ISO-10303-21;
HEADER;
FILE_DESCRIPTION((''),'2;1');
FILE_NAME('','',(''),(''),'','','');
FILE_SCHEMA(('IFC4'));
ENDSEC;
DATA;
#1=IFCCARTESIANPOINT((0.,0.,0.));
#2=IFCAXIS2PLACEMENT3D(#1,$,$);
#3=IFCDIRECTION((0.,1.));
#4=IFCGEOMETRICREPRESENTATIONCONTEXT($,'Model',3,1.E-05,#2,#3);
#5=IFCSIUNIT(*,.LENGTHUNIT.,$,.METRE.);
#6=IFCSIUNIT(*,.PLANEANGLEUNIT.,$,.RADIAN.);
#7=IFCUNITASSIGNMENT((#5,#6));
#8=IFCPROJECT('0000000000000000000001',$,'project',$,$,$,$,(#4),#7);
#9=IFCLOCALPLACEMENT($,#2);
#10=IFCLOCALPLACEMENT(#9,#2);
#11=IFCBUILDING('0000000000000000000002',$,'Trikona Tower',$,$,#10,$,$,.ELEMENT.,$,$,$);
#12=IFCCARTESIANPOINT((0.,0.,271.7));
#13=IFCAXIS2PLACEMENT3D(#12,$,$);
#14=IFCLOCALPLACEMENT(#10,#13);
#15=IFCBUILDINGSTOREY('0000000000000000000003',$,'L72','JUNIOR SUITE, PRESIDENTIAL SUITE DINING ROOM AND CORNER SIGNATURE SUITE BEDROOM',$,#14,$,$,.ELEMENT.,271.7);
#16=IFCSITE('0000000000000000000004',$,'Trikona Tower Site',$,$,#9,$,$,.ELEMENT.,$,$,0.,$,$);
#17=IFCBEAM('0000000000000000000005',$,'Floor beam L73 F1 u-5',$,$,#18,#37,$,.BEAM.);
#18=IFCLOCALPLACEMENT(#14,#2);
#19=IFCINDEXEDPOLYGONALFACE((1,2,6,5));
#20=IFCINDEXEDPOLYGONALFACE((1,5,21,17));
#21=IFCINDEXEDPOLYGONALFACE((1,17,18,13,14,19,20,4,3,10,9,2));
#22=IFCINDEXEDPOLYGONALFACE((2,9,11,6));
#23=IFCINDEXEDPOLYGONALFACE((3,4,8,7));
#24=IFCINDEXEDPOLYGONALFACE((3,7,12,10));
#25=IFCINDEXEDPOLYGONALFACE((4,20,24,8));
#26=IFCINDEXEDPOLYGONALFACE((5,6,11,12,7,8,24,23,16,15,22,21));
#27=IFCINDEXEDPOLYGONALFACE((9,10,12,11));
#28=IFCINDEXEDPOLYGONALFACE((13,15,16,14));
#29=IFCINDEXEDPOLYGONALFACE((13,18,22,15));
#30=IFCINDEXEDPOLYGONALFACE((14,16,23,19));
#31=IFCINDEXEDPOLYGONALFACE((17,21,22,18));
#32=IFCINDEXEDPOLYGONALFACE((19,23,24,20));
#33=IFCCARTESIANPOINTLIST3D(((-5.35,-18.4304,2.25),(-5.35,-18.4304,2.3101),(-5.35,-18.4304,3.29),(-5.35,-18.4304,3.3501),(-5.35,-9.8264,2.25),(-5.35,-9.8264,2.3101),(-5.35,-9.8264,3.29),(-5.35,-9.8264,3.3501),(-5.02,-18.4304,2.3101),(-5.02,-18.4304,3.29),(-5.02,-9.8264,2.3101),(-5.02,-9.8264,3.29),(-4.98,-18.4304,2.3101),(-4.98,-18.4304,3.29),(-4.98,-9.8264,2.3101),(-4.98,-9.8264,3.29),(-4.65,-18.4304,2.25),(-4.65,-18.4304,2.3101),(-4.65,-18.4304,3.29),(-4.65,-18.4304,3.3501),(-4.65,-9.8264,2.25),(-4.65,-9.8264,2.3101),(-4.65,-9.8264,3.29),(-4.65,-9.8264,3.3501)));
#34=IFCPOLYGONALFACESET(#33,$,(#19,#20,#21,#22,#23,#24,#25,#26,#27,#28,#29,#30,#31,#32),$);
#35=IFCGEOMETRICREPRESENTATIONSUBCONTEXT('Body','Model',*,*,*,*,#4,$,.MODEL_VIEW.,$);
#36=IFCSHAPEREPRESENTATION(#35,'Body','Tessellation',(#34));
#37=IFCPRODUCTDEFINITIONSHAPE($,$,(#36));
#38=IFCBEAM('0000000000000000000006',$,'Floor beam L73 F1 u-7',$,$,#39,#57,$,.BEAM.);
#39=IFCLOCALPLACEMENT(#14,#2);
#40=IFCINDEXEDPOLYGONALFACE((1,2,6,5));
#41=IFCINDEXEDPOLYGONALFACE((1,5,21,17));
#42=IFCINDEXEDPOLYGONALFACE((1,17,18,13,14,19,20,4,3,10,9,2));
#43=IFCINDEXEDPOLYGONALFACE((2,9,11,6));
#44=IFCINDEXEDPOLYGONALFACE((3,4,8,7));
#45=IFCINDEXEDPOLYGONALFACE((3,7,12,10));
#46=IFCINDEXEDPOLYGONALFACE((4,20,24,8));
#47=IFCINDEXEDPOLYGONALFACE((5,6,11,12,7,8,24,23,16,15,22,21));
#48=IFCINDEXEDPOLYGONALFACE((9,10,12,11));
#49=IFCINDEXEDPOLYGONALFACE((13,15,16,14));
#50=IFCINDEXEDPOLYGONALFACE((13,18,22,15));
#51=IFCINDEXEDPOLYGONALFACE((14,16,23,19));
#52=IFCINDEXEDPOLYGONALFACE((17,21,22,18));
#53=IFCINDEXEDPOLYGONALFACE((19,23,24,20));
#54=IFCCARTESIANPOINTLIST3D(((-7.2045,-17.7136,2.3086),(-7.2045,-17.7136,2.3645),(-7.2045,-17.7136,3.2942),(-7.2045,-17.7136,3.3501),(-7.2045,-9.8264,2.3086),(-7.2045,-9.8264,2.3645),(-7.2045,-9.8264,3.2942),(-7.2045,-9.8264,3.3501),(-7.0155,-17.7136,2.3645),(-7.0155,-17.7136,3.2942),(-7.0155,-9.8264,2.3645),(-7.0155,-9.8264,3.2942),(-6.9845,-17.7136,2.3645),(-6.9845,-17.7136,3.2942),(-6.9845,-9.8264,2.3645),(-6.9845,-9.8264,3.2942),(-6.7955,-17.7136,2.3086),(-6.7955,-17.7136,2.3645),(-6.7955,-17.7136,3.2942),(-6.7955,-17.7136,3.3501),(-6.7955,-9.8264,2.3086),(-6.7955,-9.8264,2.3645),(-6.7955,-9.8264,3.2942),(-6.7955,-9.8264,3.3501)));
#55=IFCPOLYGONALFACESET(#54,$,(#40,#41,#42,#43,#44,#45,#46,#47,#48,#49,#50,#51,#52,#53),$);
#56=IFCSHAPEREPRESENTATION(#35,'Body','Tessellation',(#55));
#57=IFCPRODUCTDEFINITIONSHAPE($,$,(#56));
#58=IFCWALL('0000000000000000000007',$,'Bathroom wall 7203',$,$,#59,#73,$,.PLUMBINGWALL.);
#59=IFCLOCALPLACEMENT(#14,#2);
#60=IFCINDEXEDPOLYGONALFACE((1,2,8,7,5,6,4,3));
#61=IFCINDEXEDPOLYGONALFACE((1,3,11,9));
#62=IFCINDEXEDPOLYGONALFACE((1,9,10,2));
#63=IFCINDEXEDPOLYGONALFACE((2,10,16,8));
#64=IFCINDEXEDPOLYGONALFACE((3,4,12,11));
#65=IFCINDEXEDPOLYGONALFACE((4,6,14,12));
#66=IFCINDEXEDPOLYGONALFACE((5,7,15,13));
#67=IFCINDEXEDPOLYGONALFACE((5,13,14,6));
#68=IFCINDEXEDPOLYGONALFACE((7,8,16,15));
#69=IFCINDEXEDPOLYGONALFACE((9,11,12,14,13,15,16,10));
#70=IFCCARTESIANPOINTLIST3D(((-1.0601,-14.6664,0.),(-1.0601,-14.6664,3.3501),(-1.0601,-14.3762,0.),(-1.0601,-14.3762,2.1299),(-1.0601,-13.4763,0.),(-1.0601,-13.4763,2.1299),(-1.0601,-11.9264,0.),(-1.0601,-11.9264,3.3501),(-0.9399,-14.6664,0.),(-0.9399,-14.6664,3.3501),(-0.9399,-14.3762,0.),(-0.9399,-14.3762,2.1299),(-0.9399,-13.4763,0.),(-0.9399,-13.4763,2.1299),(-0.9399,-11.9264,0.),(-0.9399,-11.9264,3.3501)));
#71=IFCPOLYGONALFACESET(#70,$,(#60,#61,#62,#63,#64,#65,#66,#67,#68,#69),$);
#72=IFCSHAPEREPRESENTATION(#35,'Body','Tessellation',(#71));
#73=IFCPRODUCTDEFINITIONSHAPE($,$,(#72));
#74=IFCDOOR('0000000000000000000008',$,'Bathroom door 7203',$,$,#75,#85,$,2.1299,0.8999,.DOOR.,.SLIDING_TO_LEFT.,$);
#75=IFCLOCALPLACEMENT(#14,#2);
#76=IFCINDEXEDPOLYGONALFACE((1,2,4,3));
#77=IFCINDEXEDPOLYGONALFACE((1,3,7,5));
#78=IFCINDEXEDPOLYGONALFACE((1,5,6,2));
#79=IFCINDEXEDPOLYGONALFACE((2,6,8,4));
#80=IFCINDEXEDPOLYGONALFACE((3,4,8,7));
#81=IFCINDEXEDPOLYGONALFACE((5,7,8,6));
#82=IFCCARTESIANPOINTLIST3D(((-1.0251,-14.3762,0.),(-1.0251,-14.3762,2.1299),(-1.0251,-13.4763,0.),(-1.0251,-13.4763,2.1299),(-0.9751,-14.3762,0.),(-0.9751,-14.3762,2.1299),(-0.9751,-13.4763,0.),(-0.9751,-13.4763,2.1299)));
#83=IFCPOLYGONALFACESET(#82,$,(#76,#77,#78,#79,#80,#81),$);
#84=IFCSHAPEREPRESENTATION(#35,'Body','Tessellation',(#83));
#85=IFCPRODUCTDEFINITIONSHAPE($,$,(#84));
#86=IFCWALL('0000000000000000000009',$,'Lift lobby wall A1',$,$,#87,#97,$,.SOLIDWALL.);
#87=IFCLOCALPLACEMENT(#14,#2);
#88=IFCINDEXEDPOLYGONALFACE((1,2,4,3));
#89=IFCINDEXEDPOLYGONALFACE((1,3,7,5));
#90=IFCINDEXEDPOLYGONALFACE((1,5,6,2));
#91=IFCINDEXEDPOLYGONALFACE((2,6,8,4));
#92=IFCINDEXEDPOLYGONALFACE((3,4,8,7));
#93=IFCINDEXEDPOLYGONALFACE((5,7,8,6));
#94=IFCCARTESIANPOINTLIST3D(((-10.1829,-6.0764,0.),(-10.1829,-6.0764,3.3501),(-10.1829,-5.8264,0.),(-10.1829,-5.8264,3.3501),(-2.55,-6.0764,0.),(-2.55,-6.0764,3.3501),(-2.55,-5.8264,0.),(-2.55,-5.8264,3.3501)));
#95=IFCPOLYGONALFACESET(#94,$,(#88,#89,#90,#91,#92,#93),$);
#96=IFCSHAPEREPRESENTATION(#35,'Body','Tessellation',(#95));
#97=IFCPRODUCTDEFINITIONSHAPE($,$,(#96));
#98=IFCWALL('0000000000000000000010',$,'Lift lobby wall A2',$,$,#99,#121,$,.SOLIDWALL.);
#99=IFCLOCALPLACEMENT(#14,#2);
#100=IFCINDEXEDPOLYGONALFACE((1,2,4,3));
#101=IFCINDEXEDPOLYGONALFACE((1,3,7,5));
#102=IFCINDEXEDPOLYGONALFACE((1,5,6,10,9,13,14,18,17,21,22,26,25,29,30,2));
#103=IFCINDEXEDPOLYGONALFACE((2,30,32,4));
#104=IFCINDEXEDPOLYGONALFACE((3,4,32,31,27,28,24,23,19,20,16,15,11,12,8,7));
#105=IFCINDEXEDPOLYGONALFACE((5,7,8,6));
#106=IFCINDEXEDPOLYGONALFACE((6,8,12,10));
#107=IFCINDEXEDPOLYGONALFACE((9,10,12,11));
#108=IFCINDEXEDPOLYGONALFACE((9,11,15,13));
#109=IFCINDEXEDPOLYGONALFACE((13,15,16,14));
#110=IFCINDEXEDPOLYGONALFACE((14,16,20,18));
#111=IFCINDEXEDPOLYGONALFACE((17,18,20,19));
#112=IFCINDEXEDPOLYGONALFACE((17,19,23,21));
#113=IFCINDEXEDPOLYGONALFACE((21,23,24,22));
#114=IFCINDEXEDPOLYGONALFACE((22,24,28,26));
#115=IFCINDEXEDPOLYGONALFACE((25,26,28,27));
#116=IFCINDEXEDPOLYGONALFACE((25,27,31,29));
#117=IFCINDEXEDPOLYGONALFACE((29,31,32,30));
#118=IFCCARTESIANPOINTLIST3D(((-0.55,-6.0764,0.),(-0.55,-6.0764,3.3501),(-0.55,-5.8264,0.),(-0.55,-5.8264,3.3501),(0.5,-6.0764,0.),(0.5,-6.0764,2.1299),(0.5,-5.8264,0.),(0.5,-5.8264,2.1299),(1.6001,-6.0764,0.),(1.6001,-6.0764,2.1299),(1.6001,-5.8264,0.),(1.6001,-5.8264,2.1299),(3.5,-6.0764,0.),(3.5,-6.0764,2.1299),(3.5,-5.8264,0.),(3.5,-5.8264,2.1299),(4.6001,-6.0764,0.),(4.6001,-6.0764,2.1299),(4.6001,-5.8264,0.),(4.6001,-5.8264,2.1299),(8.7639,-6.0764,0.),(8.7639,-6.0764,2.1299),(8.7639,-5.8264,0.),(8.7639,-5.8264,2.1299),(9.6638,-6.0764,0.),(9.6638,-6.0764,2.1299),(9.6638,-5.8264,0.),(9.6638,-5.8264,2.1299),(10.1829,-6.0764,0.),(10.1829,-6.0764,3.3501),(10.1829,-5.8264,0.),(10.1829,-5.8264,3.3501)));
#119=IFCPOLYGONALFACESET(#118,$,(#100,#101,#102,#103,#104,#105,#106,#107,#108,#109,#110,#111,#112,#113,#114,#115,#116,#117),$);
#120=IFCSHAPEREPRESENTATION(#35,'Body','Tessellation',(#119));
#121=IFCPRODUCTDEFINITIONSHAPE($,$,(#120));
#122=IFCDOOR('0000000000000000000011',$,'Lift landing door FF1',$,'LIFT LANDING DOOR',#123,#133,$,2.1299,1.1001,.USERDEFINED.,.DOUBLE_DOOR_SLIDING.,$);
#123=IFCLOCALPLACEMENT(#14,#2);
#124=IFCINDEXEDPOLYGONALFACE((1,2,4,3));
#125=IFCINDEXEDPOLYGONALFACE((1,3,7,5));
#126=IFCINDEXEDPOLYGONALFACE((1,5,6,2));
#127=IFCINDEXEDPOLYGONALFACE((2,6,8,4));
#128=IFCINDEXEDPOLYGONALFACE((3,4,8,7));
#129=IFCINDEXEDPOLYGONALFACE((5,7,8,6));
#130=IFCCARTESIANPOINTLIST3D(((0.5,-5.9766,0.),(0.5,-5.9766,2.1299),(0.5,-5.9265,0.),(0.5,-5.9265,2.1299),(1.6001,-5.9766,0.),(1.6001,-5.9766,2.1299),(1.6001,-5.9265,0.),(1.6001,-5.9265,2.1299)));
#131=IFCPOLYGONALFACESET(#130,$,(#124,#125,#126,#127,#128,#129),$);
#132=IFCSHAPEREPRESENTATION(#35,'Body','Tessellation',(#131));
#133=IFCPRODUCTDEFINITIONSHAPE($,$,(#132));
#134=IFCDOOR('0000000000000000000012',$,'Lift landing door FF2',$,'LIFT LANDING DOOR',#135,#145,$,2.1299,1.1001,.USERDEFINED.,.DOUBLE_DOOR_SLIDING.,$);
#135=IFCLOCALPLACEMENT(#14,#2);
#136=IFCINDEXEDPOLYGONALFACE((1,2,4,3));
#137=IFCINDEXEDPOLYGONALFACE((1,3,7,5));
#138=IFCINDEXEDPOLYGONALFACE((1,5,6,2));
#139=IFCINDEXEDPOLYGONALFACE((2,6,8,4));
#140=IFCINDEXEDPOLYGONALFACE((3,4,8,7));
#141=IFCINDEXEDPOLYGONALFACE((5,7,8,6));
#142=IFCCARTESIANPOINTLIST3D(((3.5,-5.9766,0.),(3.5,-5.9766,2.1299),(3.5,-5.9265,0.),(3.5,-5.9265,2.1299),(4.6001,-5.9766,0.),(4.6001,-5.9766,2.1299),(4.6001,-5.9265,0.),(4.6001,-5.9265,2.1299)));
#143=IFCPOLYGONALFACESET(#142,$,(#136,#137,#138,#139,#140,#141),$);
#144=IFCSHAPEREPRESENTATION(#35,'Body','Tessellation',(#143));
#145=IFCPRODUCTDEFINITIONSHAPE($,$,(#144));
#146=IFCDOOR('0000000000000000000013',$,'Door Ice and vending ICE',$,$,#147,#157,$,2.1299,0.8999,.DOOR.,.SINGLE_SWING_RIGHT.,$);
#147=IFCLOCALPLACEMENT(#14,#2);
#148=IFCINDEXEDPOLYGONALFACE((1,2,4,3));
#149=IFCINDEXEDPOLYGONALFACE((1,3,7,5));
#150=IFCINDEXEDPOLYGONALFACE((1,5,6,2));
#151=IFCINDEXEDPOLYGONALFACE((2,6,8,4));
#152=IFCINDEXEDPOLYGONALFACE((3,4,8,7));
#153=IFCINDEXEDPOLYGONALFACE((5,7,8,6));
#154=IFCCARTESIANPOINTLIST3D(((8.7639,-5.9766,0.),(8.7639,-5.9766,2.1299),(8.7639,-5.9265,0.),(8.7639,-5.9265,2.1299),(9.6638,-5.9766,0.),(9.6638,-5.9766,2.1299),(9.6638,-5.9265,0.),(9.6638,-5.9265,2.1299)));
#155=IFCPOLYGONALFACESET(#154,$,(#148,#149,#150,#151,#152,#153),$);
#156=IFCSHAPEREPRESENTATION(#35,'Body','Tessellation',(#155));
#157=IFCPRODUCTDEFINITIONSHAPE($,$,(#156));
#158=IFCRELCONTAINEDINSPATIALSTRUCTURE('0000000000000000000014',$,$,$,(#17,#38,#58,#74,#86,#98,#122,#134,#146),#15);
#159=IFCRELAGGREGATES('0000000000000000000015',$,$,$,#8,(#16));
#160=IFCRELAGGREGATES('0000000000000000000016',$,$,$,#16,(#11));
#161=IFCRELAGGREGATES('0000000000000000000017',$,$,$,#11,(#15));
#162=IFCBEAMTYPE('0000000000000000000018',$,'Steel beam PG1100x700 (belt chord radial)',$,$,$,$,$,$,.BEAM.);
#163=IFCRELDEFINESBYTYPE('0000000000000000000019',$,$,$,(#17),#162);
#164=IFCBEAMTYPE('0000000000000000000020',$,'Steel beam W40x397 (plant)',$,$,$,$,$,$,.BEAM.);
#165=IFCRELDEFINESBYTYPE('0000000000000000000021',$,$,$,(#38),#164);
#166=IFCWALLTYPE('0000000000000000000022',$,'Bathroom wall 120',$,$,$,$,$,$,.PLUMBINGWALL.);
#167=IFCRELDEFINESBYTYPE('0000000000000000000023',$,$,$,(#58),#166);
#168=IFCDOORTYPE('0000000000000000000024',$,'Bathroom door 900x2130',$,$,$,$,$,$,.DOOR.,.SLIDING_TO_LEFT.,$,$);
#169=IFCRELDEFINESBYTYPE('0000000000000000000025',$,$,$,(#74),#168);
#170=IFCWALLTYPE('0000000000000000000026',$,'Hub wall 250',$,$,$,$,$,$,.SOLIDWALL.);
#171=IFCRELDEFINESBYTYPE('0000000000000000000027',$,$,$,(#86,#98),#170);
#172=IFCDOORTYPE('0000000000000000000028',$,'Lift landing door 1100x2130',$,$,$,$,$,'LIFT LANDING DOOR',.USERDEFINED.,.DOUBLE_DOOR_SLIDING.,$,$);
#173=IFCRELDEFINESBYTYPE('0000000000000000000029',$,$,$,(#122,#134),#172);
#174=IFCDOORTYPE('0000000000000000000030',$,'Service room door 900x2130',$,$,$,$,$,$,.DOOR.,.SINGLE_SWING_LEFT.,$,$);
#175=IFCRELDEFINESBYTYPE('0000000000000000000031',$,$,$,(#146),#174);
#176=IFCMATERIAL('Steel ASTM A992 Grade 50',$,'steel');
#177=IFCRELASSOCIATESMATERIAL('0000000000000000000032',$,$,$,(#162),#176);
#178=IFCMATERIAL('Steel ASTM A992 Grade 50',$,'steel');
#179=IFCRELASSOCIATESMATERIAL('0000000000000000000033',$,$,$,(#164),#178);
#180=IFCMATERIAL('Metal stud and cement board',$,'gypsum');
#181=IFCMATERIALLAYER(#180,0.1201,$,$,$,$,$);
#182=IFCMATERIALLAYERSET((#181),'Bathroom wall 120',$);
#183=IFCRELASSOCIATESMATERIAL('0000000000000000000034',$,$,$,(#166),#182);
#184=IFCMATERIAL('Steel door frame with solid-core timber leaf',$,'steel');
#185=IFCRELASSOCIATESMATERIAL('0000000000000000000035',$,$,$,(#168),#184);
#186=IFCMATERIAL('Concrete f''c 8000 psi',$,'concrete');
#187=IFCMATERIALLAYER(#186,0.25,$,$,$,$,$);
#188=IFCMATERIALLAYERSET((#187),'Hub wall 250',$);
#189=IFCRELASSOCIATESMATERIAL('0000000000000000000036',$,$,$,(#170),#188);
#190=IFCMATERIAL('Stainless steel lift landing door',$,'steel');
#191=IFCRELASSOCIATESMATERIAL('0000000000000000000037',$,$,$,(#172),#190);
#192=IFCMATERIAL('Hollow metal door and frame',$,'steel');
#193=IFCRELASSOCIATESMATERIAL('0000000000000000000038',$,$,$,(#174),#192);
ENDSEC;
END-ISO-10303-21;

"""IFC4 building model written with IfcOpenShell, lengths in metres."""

from ifc_helpers import new_model, si_unit, direction, frame, frame_2d, origin, origin_2d, place, context, subcontext, project, spatial, rectangle, i_section, extrude, material, layer, layer_set, material_profile, profile_set, type_object, element, fill, save


model = new_model("IFC4")

# Units and contexts
model_context = context("Model", 3, precision=1e-05, world=origin(), true_north=direction((0.0, 1.0)))
body_context = subcontext(model_context, "Body", "Model", "MODEL_VIEW")
ifc_project = project(units=[si_unit("LENGTHUNIT", "METRE"), si_unit("PLANEANGLEUNIT", "RADIAN")], contexts=[model_context])

# Site, building, storey
site_placement = place(None, origin())
site = spatial("IfcSite", under=ifc_project, at=site_placement, Name="Trikona Tower Site", CompositionType="ELEMENT", RefElevation=0.0)
building_placement = place(site_placement, origin())
building = spatial("IfcBuilding", under=site, at=building_placement, Name="Trikona Tower", CompositionType="ELEMENT")
storey_placement = place(building_placement, frame((0.0, 0.0, 271.7)))
storey = spatial("IfcBuildingStorey", under=building, at=storey_placement, Name="L72", Description="JUNIOR SUITE, PRESIDENTIAL SUITE DINING ROOM AND CORNER SIGNATURE SUITE BEDROOM", CompositionType="ELEMENT", Elevation=271.7)

# Beams
ifc_material_1 = material(Name="Steel ASTM A992 Grade 50", Category="steel")
ifc_material_profile_1 = material_profile(ifc_material_1, i_section(OverallWidth=0.7, OverallDepth=1.1001, WebThickness=0.04, FlangeThickness=0.0601, at=origin_2d()), Name="PG1100X700")
ifc_profile_set_1 = profile_set([ifc_material_profile_1], Name="Steel ASTM A992 Grade 50")
beam_type_1 = type_object("IfcBeamType", Name="Steel beam PG1100x700 (belt chord radial)", PredefinedType="BEAM", material=ifc_profile_set_1)
beam_1_placement = place(storey_placement, frame((-5.0, -9.8264, 2.8), z_axis=(0.0, -1.0, 0.0), x_axis=(1.0, 0.0, 0.0)))
element("IfcBeam", 1, at=beam_1_placement, inside=storey, type_object=beam_type_1, Name="Floor beam L73 F1 u-5", PredefinedType="BEAM", context=body_context, shape_type="SweptSolid", body=[
    extrude(i_section(OverallWidth=0.7, OverallDepth=1.1001, WebThickness=0.04, FlangeThickness=0.0601, at=origin_2d()), origin(), (0.0, 0.0, 1.0), 8.604),
])
ifc_material_2 = material(Name="Steel ASTM A992 Grade 50", Category="steel")
ifc_material_profile_2 = material_profile(ifc_material_2, i_section(OverallWidth=0.4089, OverallDepth=1.0415, WebThickness=0.031, FlangeThickness=0.0559, at=origin_2d()), Name="W40X397")
ifc_profile_set_2 = profile_set([ifc_material_profile_2], Name="Steel ASTM A992 Grade 50")
beam_type_2 = type_object("IfcBeamType", Name="Steel beam W40x397 (plant)", PredefinedType="BEAM", material=ifc_profile_set_2)
beam_2_placement = place(storey_placement, frame((-7.0, -9.8264, 2.8293), z_axis=(0.0, -1.0, 0.0), x_axis=(1.0, 0.0, 0.0)))
element("IfcBeam", 2, at=beam_2_placement, inside=storey, type_object=beam_type_2, Name="Floor beam L73 F1 u-7", PredefinedType="BEAM", context=body_context, shape_type="SweptSolid", body=[
    extrude(i_section(OverallWidth=0.4089, OverallDepth=1.0415, WebThickness=0.031, FlangeThickness=0.0559, at=origin_2d()), origin(), (0.0, 0.0, 1.0), 7.8872),
])

# Wall, opening, door
ifc_material_3 = material(Name="Metal stud and cement board", Category="gypsum")
ifc_layer_1 = layer(ifc_material_3, 0.1201)
ifc_layer_set_1 = layer_set([ifc_layer_1], Name="Bathroom wall 120")
wall_type_1 = type_object("IfcWallType", Name="Bathroom wall 120", PredefinedType="PLUMBINGWALL", material=ifc_layer_set_1)
wall_1_placement = place(storey_placement, frame((-1.0, -11.9263, 0.0), z_axis=(0.0, 0.0, 1.0), x_axis=(0.0, -1.0, 0.0)))
wall_1 = element("IfcWall", 3, at=wall_1_placement, inside=storey, type_object=wall_type_1, Name="Bathroom wall 7203", PredefinedType="PLUMBINGWALL", context=body_context, shape_type="SweptSolid", body=[
    extrude(rectangle(XDim=2.74, YDim=0.1201, at=frame_2d((1.3701, 0.0))), origin(), (0.0, 0.0, 1.0), 3.3501),
])
opening_1_placement = place(wall_1_placement, frame((1.55, 0.0, 0.0)))
opening_1 = element("IfcOpeningElement", 4, at=opening_1_placement, cuts=wall_1, PredefinedType="OPENING", context=body_context, shape_type="SweptSolid", body=[
    extrude(rectangle(XDim=0.8999, YDim=2.1299, at=frame_2d((0.45, 1.0649))), frame((0.0, 0.0701, 0.0), z_axis=(0.0, -1.0, 0.0), x_axis=(1.0, 0.0, 0.0)), (0.0, 0.0, 1.0), 0.1401),
])
ifc_material_4 = material(Name="Steel door frame with solid-core timber leaf", Category="steel")
door_type_1 = type_object("IfcDoorType", Name="Bathroom door 900x2130", OperationType="SLIDING_TO_LEFT", PredefinedType="DOOR", material=ifc_material_4)
door_1_placement = place(opening_1_placement, origin())
door_1 = element("IfcDoor", 5, at=door_1_placement, inside=storey, type_object=door_type_1, Name="Bathroom door 7203", OperationType="SLIDING_TO_LEFT", OverallHeight=2.1299, OverallWidth=0.8999, PredefinedType="DOOR", context=body_context, shape_type="SweptSolid", body=[
    extrude(rectangle(XDim=0.8999, YDim=2.1299, at=frame_2d((0.45, 1.0649))), frame((0.0, 0.0249, 0.0), z_axis=(0.0, -1.0, 0.0), x_axis=(1.0, 0.0, 0.0)), (0.0, 0.0, 1.0), 0.05),
])
fill(opening_1, door_1)

# Wall
ifc_material_5 = material(Name="Concrete f'c 8000 psi", Category="concrete")
ifc_layer_2 = layer(ifc_material_5, 0.25)
ifc_layer_set_2 = layer_set([ifc_layer_2], Name="Hub wall 250")
wall_type_2 = type_object("IfcWallType", Name="Hub wall 250", PredefinedType="SOLIDWALL", material=ifc_layer_set_2)
wall_2_placement = place(storey_placement, frame((-10.1829, -5.9514, 0.0), z_axis=(0.0, 0.0, 1.0), x_axis=(1.0, 0.0, 0.0)))
element("IfcWall", 6, at=wall_2_placement, inside=storey, type_object=wall_type_2, Name="Lift lobby wall A1", PredefinedType="SOLIDWALL", context=body_context, shape_type="SweptSolid", body=[
    extrude(rectangle(XDim=7.6328, YDim=0.25, at=frame_2d((3.8164, 0.0))), origin(), (0.0, 0.0, 1.0), 3.3501),
])

# Wall, openings, doors
wall_3_placement = place(storey_placement, frame((-0.55, -5.9514, 0.0), z_axis=(0.0, 0.0, 1.0), x_axis=(1.0, 0.0, 0.0)))
wall_3 = element("IfcWall", 7, at=wall_3_placement, inside=storey, type_object=wall_type_2, Name="Lift lobby wall A2", PredefinedType="SOLIDWALL", context=body_context, shape_type="SweptSolid", body=[
    extrude(rectangle(XDim=10.7329, YDim=0.25, at=frame_2d((5.3665, 0.0))), origin(), (0.0, 0.0, 1.0), 3.3501),
])
opening_2_placement = place(wall_3_placement, frame((9.314, 0.0, 0.0)))
opening_2 = element("IfcOpeningElement", 8, at=opening_2_placement, cuts=wall_3, PredefinedType="OPENING", context=body_context, shape_type="SweptSolid", body=[
    extrude(rectangle(XDim=0.8999, YDim=2.1299, at=frame_2d((0.45, 1.0649))), frame((0.0, 0.135, 0.0), z_axis=(0.0, -1.0, 0.0), x_axis=(1.0, 0.0, 0.0)), (0.0, 0.0, 1.0), 0.27),
])
opening_3_placement = place(wall_3_placement, frame((1.05, 0.0, 0.0)))
opening_3 = element("IfcOpeningElement", 9, at=opening_3_placement, cuts=wall_3, PredefinedType="OPENING", context=body_context, shape_type="SweptSolid", body=[
    extrude(rectangle(XDim=1.1001, YDim=2.1299, at=frame_2d((0.55, 1.0649))), frame((0.0, 0.135, 0.0), z_axis=(0.0, -1.0, 0.0), x_axis=(1.0, 0.0, 0.0)), (0.0, 0.0, 1.0), 0.27),
])
opening_4_placement = place(wall_3_placement, frame((4.05, 0.0, 0.0)))
opening_4 = element("IfcOpeningElement", 10, at=opening_4_placement, cuts=wall_3, PredefinedType="OPENING", context=body_context, shape_type="SweptSolid", body=[
    extrude(rectangle(XDim=1.1001, YDim=2.1299, at=frame_2d((0.55, 1.0649))), frame((0.0, 0.135, 0.0), z_axis=(0.0, -1.0, 0.0), x_axis=(1.0, 0.0, 0.0)), (0.0, 0.0, 1.0), 0.27),
])
ifc_material_6 = material(Name="Stainless steel lift landing door", Category="steel")
door_type_2 = type_object("IfcDoorType", Name="Lift landing door 1100x2130", ElementType="LIFT LANDING DOOR", OperationType="DOUBLE_DOOR_SLIDING", PredefinedType="USERDEFINED", material=ifc_material_6)
door_2_placement = place(opening_3_placement, origin())
door_2 = element("IfcDoor", 11, at=door_2_placement, inside=storey, type_object=door_type_2, Name="Lift landing door FF1", ObjectType="LIFT LANDING DOOR", OperationType="DOUBLE_DOOR_SLIDING", OverallHeight=2.1299, OverallWidth=1.1001, PredefinedType="USERDEFINED", context=body_context, shape_type="SweptSolid", body=[
    extrude(rectangle(XDim=1.1001, YDim=2.1299, at=frame_2d((0.55, 1.0649))), frame((0.0, 0.0249, 0.0), z_axis=(0.0, -1.0, 0.0), x_axis=(1.0, 0.0, 0.0)), (0.0, 0.0, 1.0), 0.05),
])
fill(opening_3, door_2)
door_3_placement = place(opening_4_placement, origin())
door_3 = element("IfcDoor", 12, at=door_3_placement, inside=storey, type_object=door_type_2, Name="Lift landing door FF2", ObjectType="LIFT LANDING DOOR", OperationType="DOUBLE_DOOR_SLIDING", OverallHeight=2.1299, OverallWidth=1.1001, PredefinedType="USERDEFINED", context=body_context, shape_type="SweptSolid", body=[
    extrude(rectangle(XDim=1.1001, YDim=2.1299, at=frame_2d((0.55, 1.0649))), frame((0.0, 0.0249, 0.0), z_axis=(0.0, -1.0, 0.0), x_axis=(1.0, 0.0, 0.0)), (0.0, 0.0, 1.0), 0.05),
])
fill(opening_4, door_3)
ifc_material_7 = material(Name="Hollow metal door and frame", Category="steel")
door_type_3 = type_object("IfcDoorType", Name="Service room door 900x2130", OperationType="SINGLE_SWING_LEFT", PredefinedType="DOOR", material=ifc_material_7)
door_4_placement = place(opening_2_placement, origin())
door_4 = element("IfcDoor", 13, at=door_4_placement, inside=storey, type_object=door_type_3, Name="Door Ice and vending ICE", OperationType="SINGLE_SWING_RIGHT", OverallHeight=2.1299, OverallWidth=0.8999, PredefinedType="DOOR", context=body_context, shape_type="SweptSolid", body=[
    extrude(rectangle(XDim=0.8999, YDim=2.1299, at=frame_2d((0.45, 1.0649))), frame((0.0, 0.0249, 0.0), z_axis=(0.0, -1.0, 0.0), x_axis=(1.0, 0.0, 0.0)), (0.0, 0.0, 1.0), 0.05),
])
fill(opening_2, door_4)

save(model, "model.ifc")
